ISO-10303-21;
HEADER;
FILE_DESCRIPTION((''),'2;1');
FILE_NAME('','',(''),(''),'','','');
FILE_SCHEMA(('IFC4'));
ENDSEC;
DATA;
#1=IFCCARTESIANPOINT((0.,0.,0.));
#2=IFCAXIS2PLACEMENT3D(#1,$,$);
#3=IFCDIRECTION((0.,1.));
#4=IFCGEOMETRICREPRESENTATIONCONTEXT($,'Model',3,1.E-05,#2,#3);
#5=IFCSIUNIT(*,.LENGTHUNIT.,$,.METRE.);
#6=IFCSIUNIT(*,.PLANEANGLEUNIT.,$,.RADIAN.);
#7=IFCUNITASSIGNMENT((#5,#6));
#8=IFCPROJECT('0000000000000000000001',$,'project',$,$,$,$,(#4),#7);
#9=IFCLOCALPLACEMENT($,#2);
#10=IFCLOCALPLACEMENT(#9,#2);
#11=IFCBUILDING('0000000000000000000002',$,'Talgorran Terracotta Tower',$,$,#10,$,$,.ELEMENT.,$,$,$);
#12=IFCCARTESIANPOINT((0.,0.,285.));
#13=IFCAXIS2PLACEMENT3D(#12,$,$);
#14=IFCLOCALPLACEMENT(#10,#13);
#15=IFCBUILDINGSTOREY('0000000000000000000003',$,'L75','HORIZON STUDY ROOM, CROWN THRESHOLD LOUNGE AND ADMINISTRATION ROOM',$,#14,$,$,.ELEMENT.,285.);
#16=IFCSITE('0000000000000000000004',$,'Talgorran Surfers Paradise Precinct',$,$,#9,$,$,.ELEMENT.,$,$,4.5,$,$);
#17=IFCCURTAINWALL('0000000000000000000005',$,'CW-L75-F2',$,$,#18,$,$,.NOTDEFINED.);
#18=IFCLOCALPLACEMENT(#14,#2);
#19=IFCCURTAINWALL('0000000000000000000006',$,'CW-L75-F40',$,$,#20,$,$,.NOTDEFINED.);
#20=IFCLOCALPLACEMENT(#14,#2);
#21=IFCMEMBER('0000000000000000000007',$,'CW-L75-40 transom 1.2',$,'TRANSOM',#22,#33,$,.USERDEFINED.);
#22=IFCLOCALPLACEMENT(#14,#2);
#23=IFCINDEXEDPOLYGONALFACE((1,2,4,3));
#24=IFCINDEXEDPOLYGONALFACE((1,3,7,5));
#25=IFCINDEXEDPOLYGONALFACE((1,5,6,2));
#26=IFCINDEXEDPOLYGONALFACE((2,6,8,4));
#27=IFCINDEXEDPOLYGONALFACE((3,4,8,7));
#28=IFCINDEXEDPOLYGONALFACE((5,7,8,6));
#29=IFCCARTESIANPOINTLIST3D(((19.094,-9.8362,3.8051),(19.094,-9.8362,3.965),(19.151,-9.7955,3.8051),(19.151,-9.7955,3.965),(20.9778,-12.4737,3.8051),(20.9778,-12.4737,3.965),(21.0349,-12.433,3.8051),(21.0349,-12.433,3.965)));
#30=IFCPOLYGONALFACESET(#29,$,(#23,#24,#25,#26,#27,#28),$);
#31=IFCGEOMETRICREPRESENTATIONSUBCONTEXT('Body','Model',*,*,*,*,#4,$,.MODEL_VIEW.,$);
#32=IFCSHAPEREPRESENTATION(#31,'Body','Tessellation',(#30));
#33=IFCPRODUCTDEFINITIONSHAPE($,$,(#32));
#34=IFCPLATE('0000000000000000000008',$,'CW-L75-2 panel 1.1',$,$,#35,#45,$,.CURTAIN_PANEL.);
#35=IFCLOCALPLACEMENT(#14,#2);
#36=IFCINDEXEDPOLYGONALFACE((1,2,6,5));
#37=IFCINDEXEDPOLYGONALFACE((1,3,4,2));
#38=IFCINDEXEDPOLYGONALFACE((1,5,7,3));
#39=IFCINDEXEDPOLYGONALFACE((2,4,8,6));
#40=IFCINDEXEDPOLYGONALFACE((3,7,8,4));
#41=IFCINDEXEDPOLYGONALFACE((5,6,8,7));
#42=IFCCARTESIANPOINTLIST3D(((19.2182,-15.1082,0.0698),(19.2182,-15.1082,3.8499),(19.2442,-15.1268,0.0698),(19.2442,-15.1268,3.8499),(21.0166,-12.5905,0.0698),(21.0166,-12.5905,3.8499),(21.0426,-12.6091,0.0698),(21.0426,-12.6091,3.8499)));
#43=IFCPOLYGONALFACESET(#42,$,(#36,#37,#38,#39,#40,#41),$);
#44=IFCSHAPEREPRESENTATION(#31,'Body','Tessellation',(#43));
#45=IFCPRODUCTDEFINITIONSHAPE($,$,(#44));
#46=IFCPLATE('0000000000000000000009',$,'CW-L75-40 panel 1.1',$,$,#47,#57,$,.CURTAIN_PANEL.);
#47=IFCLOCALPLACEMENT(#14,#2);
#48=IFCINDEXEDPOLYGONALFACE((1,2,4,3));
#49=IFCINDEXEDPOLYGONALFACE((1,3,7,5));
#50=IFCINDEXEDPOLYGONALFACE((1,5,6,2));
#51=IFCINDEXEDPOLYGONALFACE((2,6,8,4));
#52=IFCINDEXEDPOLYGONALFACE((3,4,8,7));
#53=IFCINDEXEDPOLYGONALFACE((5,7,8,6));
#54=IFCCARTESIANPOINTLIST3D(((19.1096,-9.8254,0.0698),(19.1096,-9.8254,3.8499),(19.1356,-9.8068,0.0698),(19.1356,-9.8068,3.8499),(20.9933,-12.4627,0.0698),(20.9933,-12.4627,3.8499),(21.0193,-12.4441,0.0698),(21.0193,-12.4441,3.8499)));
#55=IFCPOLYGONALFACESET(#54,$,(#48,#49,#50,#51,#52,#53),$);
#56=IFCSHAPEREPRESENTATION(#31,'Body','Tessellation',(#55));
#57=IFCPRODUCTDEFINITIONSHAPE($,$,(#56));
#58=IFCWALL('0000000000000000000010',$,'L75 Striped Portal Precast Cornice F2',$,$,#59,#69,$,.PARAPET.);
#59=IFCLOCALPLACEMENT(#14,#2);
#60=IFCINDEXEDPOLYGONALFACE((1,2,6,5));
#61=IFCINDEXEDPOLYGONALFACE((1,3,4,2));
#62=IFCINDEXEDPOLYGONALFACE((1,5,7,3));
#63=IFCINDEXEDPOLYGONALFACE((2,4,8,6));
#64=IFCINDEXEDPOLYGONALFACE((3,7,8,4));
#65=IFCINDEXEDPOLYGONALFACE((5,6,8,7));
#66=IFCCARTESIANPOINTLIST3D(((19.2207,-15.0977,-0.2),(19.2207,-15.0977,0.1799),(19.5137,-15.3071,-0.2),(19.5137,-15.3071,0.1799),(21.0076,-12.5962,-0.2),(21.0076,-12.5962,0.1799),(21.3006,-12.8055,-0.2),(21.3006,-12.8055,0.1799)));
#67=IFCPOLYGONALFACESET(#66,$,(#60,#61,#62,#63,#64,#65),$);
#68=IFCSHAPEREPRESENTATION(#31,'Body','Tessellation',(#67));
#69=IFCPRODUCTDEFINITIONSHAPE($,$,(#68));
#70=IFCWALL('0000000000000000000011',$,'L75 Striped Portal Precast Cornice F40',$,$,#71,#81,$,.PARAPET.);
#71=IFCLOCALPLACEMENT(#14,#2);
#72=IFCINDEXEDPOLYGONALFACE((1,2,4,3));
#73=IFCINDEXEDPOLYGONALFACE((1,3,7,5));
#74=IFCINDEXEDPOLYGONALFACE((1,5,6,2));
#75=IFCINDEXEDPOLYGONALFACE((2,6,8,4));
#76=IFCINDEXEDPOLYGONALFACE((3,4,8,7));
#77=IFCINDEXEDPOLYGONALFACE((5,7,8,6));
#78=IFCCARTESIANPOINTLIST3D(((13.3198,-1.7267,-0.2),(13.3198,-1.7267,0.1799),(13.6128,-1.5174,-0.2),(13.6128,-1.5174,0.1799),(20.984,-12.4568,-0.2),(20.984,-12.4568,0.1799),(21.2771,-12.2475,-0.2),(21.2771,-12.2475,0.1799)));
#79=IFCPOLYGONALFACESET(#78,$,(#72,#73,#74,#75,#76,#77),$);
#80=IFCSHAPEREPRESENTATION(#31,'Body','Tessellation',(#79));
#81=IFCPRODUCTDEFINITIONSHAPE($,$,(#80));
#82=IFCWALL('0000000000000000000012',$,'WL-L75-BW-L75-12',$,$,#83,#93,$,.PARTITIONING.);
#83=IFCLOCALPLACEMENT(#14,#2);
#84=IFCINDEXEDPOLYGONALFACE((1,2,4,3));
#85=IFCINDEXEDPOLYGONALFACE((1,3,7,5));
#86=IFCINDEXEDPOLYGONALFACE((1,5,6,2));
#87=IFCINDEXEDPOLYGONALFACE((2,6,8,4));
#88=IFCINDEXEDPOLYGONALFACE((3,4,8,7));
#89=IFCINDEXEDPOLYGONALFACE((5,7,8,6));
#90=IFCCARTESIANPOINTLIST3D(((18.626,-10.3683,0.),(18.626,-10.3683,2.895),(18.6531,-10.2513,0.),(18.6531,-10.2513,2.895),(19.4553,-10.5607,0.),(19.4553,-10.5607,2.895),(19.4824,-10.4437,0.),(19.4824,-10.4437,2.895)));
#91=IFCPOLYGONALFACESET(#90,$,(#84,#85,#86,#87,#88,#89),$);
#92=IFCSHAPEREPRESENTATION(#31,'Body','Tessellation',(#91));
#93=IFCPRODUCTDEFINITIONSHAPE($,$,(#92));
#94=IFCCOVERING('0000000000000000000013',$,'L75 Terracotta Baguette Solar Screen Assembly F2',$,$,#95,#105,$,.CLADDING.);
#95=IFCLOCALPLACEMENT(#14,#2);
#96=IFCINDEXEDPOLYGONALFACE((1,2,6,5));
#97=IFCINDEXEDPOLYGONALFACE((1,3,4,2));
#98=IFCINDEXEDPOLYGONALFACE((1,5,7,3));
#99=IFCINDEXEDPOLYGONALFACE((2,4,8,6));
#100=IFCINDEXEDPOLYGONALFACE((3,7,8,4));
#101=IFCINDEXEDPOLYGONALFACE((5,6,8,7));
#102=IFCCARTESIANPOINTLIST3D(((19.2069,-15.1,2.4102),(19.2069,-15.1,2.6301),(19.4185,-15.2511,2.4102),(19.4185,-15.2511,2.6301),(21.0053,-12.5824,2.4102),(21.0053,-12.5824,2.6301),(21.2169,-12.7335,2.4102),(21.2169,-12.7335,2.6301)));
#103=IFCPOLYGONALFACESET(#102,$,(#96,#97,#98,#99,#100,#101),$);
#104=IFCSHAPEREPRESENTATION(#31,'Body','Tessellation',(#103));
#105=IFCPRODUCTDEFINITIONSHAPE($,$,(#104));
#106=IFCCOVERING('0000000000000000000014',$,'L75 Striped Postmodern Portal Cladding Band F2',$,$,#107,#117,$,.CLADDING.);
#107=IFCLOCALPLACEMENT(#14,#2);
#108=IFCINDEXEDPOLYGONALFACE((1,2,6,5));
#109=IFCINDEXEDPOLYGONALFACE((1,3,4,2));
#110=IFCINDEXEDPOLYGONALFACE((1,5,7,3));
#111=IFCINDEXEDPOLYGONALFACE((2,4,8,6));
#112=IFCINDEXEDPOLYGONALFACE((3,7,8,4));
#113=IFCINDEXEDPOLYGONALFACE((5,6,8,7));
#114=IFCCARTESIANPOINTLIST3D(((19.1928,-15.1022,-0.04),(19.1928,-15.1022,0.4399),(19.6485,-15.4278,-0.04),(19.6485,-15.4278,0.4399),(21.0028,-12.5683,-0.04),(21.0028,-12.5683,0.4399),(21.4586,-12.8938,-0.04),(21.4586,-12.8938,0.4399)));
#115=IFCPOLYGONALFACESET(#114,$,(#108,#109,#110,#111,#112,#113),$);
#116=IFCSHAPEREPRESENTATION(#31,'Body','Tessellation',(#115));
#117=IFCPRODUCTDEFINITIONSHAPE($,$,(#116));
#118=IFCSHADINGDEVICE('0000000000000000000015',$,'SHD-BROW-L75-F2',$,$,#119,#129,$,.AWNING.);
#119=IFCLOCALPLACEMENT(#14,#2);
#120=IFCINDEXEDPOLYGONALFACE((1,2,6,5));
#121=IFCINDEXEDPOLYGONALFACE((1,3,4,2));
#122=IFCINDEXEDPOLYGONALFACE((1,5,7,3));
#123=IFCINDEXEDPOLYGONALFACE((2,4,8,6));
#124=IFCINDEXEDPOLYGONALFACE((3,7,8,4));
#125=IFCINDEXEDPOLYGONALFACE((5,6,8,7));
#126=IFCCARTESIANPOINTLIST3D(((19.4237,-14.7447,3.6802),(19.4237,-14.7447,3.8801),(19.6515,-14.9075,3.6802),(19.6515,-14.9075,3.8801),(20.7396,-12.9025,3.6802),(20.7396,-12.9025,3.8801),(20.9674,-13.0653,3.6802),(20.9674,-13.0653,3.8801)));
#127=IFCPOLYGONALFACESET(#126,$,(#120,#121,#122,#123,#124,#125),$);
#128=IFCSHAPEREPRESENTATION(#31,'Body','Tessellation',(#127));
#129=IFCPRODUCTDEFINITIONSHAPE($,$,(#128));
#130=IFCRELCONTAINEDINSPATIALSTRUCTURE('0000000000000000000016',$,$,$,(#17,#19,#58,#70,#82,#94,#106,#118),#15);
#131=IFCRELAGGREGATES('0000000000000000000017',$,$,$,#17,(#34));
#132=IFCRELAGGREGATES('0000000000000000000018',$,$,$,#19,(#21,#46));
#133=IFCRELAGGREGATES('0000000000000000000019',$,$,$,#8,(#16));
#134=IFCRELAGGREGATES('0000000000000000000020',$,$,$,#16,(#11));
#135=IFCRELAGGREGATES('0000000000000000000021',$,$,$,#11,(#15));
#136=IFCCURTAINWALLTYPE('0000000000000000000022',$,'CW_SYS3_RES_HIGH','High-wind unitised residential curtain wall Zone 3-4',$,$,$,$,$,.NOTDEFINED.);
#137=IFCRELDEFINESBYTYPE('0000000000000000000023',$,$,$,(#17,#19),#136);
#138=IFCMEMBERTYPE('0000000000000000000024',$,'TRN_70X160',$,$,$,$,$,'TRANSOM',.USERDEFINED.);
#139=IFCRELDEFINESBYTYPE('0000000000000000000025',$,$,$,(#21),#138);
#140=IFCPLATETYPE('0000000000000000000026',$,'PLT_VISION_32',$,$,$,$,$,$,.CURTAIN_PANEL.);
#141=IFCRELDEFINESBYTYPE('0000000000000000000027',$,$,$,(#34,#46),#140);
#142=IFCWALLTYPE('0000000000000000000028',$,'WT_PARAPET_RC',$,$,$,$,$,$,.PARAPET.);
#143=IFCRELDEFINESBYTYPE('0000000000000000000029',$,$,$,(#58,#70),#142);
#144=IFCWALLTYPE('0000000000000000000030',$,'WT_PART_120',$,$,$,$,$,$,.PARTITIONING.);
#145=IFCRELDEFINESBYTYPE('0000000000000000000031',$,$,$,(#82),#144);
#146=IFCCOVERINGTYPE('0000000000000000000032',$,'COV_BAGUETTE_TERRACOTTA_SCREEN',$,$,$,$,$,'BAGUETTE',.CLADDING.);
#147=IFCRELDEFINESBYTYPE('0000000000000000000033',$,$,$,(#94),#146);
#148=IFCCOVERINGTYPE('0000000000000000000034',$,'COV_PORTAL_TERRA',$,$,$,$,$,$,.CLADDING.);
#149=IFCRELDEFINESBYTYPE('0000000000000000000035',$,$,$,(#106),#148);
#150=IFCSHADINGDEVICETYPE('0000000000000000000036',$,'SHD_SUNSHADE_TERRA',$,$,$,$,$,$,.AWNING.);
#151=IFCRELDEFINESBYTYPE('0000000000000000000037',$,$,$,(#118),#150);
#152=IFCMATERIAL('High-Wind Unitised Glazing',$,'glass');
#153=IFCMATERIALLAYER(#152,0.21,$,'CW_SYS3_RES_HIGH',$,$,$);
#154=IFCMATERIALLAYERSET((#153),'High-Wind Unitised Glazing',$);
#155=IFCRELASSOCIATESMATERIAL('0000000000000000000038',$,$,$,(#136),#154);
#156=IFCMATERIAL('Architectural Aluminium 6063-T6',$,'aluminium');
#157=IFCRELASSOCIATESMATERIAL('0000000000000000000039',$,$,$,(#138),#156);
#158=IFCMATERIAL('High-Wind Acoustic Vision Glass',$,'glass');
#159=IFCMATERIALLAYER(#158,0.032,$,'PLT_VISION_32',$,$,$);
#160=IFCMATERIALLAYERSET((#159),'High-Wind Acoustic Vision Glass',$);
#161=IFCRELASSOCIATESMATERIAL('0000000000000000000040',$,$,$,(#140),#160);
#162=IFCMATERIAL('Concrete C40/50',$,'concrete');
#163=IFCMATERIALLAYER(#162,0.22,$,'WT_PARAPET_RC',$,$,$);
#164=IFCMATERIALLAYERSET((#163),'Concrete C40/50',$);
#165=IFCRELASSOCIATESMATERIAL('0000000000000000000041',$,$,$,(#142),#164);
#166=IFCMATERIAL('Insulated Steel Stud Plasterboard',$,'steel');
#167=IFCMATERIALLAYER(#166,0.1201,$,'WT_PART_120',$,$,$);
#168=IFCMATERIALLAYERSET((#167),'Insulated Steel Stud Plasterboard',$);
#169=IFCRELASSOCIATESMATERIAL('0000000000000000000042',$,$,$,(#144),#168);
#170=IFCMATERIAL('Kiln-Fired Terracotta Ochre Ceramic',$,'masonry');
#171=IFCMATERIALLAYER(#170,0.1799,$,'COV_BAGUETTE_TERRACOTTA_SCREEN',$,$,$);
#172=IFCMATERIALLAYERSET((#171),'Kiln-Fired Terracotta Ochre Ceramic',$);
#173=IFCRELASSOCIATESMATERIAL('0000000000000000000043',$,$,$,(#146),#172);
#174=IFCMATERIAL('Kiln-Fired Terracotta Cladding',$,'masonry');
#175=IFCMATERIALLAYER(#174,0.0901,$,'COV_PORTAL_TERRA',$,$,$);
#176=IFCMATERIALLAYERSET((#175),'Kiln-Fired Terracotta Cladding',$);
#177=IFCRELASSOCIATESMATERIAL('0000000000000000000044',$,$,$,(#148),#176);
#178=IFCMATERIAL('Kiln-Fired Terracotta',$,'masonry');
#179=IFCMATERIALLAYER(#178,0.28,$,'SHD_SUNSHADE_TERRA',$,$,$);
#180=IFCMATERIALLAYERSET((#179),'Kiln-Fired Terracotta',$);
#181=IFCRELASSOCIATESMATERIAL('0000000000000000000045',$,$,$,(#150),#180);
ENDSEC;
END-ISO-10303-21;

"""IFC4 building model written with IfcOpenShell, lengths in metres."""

from ifc_helpers import new_model, si_unit, direction, frame, frame_2d, origin, origin_2d, place, context, subcontext, project, spatial, rectangle, extrude, source, transform, mapped, material, layer, layer_set, material_profile, profile_set, type_object, type_shapes, element, aggregate, save


model = new_model("IFC4")

# Units and contexts
model_context = context("Model", 3, precision=1e-05, world=origin(), true_north=direction((0.0, 1.0)))
body_context = subcontext(model_context, "Body", "Model", "MODEL_VIEW")
ifc_project = project(units=[si_unit("LENGTHUNIT", "METRE"), si_unit("PLANEANGLEUNIT", "RADIAN")], contexts=[model_context])

# Site, building, storey
site_placement = place(None, origin())
site = spatial("IfcSite", under=ifc_project, at=site_placement, Name="Talgorran Surfers Paradise Precinct", CompositionType="ELEMENT", RefElevation=4.5)
building_placement = place(site_placement, origin())
building = spatial("IfcBuilding", under=site, at=building_placement, Name="Talgorran Terracotta Tower", CompositionType="ELEMENT")
storey_placement = place(building_placement, frame((0.0, 0.0, 285.0)))
storey = spatial("IfcBuildingStorey", under=building, at=storey_placement, Name="L75", Description="HORIZON STUDY ROOM, CROWN THRESHOLD LOUNGE AND ADMINISTRATION ROOM", CompositionType="ELEMENT", Elevation=285.0)

# Shared definitions
ifc_material_1 = material(Name="High-Wind Unitised Glazing", Category="glass")
ifc_layer_1 = layer(ifc_material_1, 0.21, Name="CW_SYS3_RES_HIGH")
ifc_layer_set_1 = layer_set([ifc_layer_1], Name="High-Wind Unitised Glazing")
curtain_wall_type = type_object("IfcCurtainWallType", Name="CW_SYS3_RES_HIGH", Description="High-wind unitised residential curtain wall Zone 3-4", PredefinedType="NOTDEFINED", material=ifc_layer_set_1)
ifc_material_2 = material(Name="Architectural Aluminium 6063-T6", Category="aluminium")

# Curtain walls
curtain_wall_1_placement = place(storey_placement, origin())
curtain_wall_1 = element("IfcCurtainWall", 1, at=curtain_wall_1_placement, inside=storey, type_object=curtain_wall_type, Name="CW-L75-F2", PredefinedType="NOTDEFINED")
curtain_wall_2_placement = place(storey_placement, origin())
curtain_wall_2 = element("IfcCurtainWall", 2, at=curtain_wall_2_placement, inside=storey, type_object=curtain_wall_type, Name="CW-L75-F40", PredefinedType="NOTDEFINED")

# Member
ifc_material_profile_1 = material_profile(ifc_material_2, rectangle(XDim=0.0701, YDim=0.1599, at=origin_2d()), Name="CWT70X160")
ifc_profile_set_1 = profile_set([ifc_material_profile_1], Name="Architectural Aluminium 6063-T6")
member_type_1 = type_object("IfcMemberType", Name="TRN_70X160", ElementType="TRANSOM", PredefinedType="USERDEFINED", material=ifc_profile_set_1)
member_1_placement = place(storey_placement, frame((21.0063, -12.4534, 3.885), z_axis=(-0.581217, 0.813749, 0.0), x_axis=(-0.813749, -0.581217, 0.0)))
member_1 = element("IfcMember", 3, at=member_1_placement, type_object=member_type_1, Name="CW-L75-40 transom 1.2", ObjectType="TRANSOM", PredefinedType="USERDEFINED", context=body_context, shape_type="SweptSolid", body=[
    extrude(rectangle(XDim=0.0701, YDim=0.1599, at=origin_2d()), origin(), (0.0, 0.0, 1.0), 3.2412),
])

# Plates
ifc_material_3 = material(Name="High-Wind Acoustic Vision Glass", Category="glass")
ifc_layer_2 = layer(ifc_material_3, 0.032, Name="PLT_VISION_32")
ifc_layer_set_2 = layer_set([ifc_layer_2], Name="High-Wind Acoustic Vision Glass")
plate_type = type_object("IfcPlateType", Name="PLT_VISION_32", PredefinedType="CURTAIN_PANEL", material=ifc_layer_set_2)
shared_shape_1 = source(origin(), body_context, "Body", "SweptSolid", [
    extrude(rectangle(XDim=3.094, YDim=0.032, at=origin_2d()), origin(), (0.0, 0.0, 1.0), 3.78),
])
plate_1_placement = place(storey_placement, frame((20.1304, -13.8586, 0.0698), z_axis=(0.0, 0.0, 1.0), x_axis=(0.581256, 0.813721, 0.0)))
plate_1 = element("IfcPlate", 4, at=plate_1_placement, type_object=plate_type, Name="CW-L75-2 panel 1.1", PredefinedType="CURTAIN_PANEL", context=body_context, shape_type="MappedRepresentation", body=[
    mapped(shared_shape_1, transform((0.0, 0.0, 0.0), scale=1.0)),
])
aggregate(curtain_wall_1, [plate_1])
shared_shape_2 = source(origin(), body_context, "Body", "SweptSolid", [
    extrude(rectangle(XDim=3.241, YDim=0.032, at=origin_2d()), origin(), (0.0, 0.0, 1.0), 3.78),
])
type_shapes(plate_type, [shared_shape_1, shared_shape_2])
plate_2_placement = place(storey_placement, frame((20.0645, -11.1348, 0.0698), z_axis=(0.0, 0.0, 1.0), x_axis=(-0.581235, 0.813735, 0.0)))
plate_2 = element("IfcPlate", 5, at=plate_2_placement, type_object=plate_type, Name="CW-L75-40 panel 1.1", PredefinedType="CURTAIN_PANEL", context=body_context, shape_type="MappedRepresentation", body=[
    mapped(shared_shape_2, transform((0.0, 0.0, 0.0), scale=1.0)),
])
aggregate(curtain_wall_2, [member_1, plate_2])

# Walls
ifc_material_4 = material(Name="Concrete C40/50", Category="concrete")
ifc_layer_3 = layer(ifc_material_4, 0.22, Name="WT_PARAPET_RC")
ifc_layer_set_3 = layer_set([ifc_layer_3], Name="Concrete C40/50")
wall_type_1 = type_object("IfcWallType", Name="WT_PARAPET_RC", PredefinedType="PARAPET", material=ifc_layer_set_3)
wall_1_placement = place(storey_placement, frame((19.3672, -15.2024, -0.2), z_axis=(0.0, 0.0, 1.0), x_axis=(0.581261, 0.813717, 0.0)))
element("IfcWall", 6, at=wall_1_placement, inside=storey, type_object=wall_type_1, Name="L75 Striped Portal Precast Cornice F2", PredefinedType="PARAPET", context=body_context, shape_type="SweptSolid", body=[
    extrude(rectangle(XDim=3.0742, YDim=0.3601, at=frame_2d((1.5371, 0.0))), origin(), (0.0, 0.0, 1.0), 0.3799),
])
wall_2_placement = place(storey_placement, frame((21.1306, -12.3523, -0.2), z_axis=(0.0, 0.0, 1.0), x_axis=(-0.581231, 0.813738, 0.0)))
element("IfcWall", 7, at=wall_2_placement, inside=storey, type_object=wall_type_1, Name="L75 Striped Portal Precast Cornice F40", PredefinedType="PARAPET", context=body_context, shape_type="SweptSolid", body=[
    extrude(rectangle(XDim=13.1863, YDim=0.3601, at=frame_2d((6.5933, 0.0))), origin(), (0.0, 0.0, 1.0), 0.3799),
])
ifc_material_5 = material(Name="Insulated Steel Stud Plasterboard", Category="steel")
ifc_layer_4 = layer(ifc_material_5, 0.1201, Name="WT_PART_120")
ifc_layer_set_4 = layer_set([ifc_layer_4], Name="Insulated Steel Stud Plasterboard")
wall_type_2 = type_object("IfcWallType", Name="WT_PART_120", PredefinedType="PARTITIONING", material=ifc_layer_set_4)
wall_3_placement = place(storey_placement, frame((19.469, -10.5022, 0.0), z_axis=(0.0, 0.0, 1.0), x_axis=(-0.974134, 0.225969, 0.0)))
element("IfcWall", 8, at=wall_3_placement, inside=storey, type_object=wall_type_2, Name="WL-L75-BW-L75-12", PredefinedType="PARTITIONING", context=body_context, shape_type="SweptSolid", body=[
    extrude(rectangle(XDim=0.8513, YDim=0.1201, at=frame_2d((0.4258, 0.0))), origin(), (0.0, 0.0, 1.0), 2.895),
])

# Coverings
ifc_material_6 = material(Name="Kiln-Fired Terracotta Ochre Ceramic", Category="masonry")
ifc_layer_5 = layer(ifc_material_6, 0.1799, Name="COV_BAGUETTE_TERRACOTTA_SCREEN")
ifc_layer_set_5 = layer_set([ifc_layer_5], Name="Kiln-Fired Terracotta Ochre Ceramic")
covering_type_1 = type_object("IfcCoveringType", Name="COV_BAGUETTE_TERRACOTTA_SCREEN", ElementType="BAGUETTE", PredefinedType="CLADDING", material=ifc_layer_set_5)
covering_1_placement = place(storey_placement, frame((20.2119, -13.9167, 2.4102), z_axis=(0.0, 0.0, 1.0), x_axis=(0.581257, 0.81372, 0.0)))
element("IfcCovering", 9, at=covering_1_placement, inside=storey, type_object=covering_type_1, Name="L75 Terracotta Baguette Solar Screen Assembly F2", PredefinedType="CLADDING", context=body_context, shape_type="SweptSolid", body=[
    extrude(rectangle(XDim=3.094, YDim=0.26, at=origin_2d()), origin(), (0.0, 0.0, 1.0), 0.22),
])
ifc_material_7 = material(Name="Kiln-Fired Terracotta Cladding", Category="masonry")
ifc_layer_6 = layer(ifc_material_7, 0.0901, Name="COV_PORTAL_TERRA")
ifc_layer_set_6 = layer_set([ifc_layer_6], Name="Kiln-Fired Terracotta Cladding")
covering_type_2 = type_object("IfcCoveringType", Name="COV_PORTAL_TERRA", PredefinedType="CLADDING", material=ifc_layer_set_6)
covering_2_placement = place(storey_placement, frame((20.3257, -13.998, -0.04), z_axis=(0.0, 0.0, 1.0), x_axis=(0.581257, 0.81372, 0.0)))
element("IfcCovering", 10, at=covering_2_placement, inside=storey, type_object=covering_type_2, Name="L75 Striped Postmodern Portal Cladding Band F2", PredefinedType="CLADDING", context=body_context, shape_type="SweptSolid", body=[
    extrude(rectangle(XDim=3.114, YDim=0.5601, at=origin_2d()), origin(), (0.0, 0.0, 1.0), 0.48),
])

# Shading device
ifc_material_8 = material(Name="Kiln-Fired Terracotta", Category="masonry")
ifc_layer_7 = layer(ifc_material_8, 0.28, Name="SHD_SUNSHADE_TERRA")
ifc_layer_set_7 = layer_set([ifc_layer_7], Name="Kiln-Fired Terracotta")
shading_device_type = type_object("IfcShadingDeviceType", Name="SHD_SUNSHADE_TERRA", PredefinedType="AWNING", material=ifc_layer_set_7)
shared_shape_3 = source(origin(), body_context, "Body", "SweptSolid", [
    extrude(rectangle(XDim=2.2639, YDim=0.28, at=origin_2d()), origin(), (0.0, 0.0, 1.0), 0.2),
])
type_shapes(shading_device_type, [shared_shape_3])
shading_device_placement = place(storey_placement, frame((20.1956, -13.905, 3.6802), z_axis=(0.0, 0.0, 1.0), x_axis=(0.581257, 0.81372, 0.0)))
element("IfcShadingDevice", 11, at=shading_device_placement, inside=storey, type_object=shading_device_type, Name="SHD-BROW-L75-F2", PredefinedType="AWNING", context=body_context, shape_type="MappedRepresentation", body=[
    mapped(shared_shape_3, transform((0.0, 0.0, 0.0), scale=1.0)),
])

save(model, "model.ifc")
